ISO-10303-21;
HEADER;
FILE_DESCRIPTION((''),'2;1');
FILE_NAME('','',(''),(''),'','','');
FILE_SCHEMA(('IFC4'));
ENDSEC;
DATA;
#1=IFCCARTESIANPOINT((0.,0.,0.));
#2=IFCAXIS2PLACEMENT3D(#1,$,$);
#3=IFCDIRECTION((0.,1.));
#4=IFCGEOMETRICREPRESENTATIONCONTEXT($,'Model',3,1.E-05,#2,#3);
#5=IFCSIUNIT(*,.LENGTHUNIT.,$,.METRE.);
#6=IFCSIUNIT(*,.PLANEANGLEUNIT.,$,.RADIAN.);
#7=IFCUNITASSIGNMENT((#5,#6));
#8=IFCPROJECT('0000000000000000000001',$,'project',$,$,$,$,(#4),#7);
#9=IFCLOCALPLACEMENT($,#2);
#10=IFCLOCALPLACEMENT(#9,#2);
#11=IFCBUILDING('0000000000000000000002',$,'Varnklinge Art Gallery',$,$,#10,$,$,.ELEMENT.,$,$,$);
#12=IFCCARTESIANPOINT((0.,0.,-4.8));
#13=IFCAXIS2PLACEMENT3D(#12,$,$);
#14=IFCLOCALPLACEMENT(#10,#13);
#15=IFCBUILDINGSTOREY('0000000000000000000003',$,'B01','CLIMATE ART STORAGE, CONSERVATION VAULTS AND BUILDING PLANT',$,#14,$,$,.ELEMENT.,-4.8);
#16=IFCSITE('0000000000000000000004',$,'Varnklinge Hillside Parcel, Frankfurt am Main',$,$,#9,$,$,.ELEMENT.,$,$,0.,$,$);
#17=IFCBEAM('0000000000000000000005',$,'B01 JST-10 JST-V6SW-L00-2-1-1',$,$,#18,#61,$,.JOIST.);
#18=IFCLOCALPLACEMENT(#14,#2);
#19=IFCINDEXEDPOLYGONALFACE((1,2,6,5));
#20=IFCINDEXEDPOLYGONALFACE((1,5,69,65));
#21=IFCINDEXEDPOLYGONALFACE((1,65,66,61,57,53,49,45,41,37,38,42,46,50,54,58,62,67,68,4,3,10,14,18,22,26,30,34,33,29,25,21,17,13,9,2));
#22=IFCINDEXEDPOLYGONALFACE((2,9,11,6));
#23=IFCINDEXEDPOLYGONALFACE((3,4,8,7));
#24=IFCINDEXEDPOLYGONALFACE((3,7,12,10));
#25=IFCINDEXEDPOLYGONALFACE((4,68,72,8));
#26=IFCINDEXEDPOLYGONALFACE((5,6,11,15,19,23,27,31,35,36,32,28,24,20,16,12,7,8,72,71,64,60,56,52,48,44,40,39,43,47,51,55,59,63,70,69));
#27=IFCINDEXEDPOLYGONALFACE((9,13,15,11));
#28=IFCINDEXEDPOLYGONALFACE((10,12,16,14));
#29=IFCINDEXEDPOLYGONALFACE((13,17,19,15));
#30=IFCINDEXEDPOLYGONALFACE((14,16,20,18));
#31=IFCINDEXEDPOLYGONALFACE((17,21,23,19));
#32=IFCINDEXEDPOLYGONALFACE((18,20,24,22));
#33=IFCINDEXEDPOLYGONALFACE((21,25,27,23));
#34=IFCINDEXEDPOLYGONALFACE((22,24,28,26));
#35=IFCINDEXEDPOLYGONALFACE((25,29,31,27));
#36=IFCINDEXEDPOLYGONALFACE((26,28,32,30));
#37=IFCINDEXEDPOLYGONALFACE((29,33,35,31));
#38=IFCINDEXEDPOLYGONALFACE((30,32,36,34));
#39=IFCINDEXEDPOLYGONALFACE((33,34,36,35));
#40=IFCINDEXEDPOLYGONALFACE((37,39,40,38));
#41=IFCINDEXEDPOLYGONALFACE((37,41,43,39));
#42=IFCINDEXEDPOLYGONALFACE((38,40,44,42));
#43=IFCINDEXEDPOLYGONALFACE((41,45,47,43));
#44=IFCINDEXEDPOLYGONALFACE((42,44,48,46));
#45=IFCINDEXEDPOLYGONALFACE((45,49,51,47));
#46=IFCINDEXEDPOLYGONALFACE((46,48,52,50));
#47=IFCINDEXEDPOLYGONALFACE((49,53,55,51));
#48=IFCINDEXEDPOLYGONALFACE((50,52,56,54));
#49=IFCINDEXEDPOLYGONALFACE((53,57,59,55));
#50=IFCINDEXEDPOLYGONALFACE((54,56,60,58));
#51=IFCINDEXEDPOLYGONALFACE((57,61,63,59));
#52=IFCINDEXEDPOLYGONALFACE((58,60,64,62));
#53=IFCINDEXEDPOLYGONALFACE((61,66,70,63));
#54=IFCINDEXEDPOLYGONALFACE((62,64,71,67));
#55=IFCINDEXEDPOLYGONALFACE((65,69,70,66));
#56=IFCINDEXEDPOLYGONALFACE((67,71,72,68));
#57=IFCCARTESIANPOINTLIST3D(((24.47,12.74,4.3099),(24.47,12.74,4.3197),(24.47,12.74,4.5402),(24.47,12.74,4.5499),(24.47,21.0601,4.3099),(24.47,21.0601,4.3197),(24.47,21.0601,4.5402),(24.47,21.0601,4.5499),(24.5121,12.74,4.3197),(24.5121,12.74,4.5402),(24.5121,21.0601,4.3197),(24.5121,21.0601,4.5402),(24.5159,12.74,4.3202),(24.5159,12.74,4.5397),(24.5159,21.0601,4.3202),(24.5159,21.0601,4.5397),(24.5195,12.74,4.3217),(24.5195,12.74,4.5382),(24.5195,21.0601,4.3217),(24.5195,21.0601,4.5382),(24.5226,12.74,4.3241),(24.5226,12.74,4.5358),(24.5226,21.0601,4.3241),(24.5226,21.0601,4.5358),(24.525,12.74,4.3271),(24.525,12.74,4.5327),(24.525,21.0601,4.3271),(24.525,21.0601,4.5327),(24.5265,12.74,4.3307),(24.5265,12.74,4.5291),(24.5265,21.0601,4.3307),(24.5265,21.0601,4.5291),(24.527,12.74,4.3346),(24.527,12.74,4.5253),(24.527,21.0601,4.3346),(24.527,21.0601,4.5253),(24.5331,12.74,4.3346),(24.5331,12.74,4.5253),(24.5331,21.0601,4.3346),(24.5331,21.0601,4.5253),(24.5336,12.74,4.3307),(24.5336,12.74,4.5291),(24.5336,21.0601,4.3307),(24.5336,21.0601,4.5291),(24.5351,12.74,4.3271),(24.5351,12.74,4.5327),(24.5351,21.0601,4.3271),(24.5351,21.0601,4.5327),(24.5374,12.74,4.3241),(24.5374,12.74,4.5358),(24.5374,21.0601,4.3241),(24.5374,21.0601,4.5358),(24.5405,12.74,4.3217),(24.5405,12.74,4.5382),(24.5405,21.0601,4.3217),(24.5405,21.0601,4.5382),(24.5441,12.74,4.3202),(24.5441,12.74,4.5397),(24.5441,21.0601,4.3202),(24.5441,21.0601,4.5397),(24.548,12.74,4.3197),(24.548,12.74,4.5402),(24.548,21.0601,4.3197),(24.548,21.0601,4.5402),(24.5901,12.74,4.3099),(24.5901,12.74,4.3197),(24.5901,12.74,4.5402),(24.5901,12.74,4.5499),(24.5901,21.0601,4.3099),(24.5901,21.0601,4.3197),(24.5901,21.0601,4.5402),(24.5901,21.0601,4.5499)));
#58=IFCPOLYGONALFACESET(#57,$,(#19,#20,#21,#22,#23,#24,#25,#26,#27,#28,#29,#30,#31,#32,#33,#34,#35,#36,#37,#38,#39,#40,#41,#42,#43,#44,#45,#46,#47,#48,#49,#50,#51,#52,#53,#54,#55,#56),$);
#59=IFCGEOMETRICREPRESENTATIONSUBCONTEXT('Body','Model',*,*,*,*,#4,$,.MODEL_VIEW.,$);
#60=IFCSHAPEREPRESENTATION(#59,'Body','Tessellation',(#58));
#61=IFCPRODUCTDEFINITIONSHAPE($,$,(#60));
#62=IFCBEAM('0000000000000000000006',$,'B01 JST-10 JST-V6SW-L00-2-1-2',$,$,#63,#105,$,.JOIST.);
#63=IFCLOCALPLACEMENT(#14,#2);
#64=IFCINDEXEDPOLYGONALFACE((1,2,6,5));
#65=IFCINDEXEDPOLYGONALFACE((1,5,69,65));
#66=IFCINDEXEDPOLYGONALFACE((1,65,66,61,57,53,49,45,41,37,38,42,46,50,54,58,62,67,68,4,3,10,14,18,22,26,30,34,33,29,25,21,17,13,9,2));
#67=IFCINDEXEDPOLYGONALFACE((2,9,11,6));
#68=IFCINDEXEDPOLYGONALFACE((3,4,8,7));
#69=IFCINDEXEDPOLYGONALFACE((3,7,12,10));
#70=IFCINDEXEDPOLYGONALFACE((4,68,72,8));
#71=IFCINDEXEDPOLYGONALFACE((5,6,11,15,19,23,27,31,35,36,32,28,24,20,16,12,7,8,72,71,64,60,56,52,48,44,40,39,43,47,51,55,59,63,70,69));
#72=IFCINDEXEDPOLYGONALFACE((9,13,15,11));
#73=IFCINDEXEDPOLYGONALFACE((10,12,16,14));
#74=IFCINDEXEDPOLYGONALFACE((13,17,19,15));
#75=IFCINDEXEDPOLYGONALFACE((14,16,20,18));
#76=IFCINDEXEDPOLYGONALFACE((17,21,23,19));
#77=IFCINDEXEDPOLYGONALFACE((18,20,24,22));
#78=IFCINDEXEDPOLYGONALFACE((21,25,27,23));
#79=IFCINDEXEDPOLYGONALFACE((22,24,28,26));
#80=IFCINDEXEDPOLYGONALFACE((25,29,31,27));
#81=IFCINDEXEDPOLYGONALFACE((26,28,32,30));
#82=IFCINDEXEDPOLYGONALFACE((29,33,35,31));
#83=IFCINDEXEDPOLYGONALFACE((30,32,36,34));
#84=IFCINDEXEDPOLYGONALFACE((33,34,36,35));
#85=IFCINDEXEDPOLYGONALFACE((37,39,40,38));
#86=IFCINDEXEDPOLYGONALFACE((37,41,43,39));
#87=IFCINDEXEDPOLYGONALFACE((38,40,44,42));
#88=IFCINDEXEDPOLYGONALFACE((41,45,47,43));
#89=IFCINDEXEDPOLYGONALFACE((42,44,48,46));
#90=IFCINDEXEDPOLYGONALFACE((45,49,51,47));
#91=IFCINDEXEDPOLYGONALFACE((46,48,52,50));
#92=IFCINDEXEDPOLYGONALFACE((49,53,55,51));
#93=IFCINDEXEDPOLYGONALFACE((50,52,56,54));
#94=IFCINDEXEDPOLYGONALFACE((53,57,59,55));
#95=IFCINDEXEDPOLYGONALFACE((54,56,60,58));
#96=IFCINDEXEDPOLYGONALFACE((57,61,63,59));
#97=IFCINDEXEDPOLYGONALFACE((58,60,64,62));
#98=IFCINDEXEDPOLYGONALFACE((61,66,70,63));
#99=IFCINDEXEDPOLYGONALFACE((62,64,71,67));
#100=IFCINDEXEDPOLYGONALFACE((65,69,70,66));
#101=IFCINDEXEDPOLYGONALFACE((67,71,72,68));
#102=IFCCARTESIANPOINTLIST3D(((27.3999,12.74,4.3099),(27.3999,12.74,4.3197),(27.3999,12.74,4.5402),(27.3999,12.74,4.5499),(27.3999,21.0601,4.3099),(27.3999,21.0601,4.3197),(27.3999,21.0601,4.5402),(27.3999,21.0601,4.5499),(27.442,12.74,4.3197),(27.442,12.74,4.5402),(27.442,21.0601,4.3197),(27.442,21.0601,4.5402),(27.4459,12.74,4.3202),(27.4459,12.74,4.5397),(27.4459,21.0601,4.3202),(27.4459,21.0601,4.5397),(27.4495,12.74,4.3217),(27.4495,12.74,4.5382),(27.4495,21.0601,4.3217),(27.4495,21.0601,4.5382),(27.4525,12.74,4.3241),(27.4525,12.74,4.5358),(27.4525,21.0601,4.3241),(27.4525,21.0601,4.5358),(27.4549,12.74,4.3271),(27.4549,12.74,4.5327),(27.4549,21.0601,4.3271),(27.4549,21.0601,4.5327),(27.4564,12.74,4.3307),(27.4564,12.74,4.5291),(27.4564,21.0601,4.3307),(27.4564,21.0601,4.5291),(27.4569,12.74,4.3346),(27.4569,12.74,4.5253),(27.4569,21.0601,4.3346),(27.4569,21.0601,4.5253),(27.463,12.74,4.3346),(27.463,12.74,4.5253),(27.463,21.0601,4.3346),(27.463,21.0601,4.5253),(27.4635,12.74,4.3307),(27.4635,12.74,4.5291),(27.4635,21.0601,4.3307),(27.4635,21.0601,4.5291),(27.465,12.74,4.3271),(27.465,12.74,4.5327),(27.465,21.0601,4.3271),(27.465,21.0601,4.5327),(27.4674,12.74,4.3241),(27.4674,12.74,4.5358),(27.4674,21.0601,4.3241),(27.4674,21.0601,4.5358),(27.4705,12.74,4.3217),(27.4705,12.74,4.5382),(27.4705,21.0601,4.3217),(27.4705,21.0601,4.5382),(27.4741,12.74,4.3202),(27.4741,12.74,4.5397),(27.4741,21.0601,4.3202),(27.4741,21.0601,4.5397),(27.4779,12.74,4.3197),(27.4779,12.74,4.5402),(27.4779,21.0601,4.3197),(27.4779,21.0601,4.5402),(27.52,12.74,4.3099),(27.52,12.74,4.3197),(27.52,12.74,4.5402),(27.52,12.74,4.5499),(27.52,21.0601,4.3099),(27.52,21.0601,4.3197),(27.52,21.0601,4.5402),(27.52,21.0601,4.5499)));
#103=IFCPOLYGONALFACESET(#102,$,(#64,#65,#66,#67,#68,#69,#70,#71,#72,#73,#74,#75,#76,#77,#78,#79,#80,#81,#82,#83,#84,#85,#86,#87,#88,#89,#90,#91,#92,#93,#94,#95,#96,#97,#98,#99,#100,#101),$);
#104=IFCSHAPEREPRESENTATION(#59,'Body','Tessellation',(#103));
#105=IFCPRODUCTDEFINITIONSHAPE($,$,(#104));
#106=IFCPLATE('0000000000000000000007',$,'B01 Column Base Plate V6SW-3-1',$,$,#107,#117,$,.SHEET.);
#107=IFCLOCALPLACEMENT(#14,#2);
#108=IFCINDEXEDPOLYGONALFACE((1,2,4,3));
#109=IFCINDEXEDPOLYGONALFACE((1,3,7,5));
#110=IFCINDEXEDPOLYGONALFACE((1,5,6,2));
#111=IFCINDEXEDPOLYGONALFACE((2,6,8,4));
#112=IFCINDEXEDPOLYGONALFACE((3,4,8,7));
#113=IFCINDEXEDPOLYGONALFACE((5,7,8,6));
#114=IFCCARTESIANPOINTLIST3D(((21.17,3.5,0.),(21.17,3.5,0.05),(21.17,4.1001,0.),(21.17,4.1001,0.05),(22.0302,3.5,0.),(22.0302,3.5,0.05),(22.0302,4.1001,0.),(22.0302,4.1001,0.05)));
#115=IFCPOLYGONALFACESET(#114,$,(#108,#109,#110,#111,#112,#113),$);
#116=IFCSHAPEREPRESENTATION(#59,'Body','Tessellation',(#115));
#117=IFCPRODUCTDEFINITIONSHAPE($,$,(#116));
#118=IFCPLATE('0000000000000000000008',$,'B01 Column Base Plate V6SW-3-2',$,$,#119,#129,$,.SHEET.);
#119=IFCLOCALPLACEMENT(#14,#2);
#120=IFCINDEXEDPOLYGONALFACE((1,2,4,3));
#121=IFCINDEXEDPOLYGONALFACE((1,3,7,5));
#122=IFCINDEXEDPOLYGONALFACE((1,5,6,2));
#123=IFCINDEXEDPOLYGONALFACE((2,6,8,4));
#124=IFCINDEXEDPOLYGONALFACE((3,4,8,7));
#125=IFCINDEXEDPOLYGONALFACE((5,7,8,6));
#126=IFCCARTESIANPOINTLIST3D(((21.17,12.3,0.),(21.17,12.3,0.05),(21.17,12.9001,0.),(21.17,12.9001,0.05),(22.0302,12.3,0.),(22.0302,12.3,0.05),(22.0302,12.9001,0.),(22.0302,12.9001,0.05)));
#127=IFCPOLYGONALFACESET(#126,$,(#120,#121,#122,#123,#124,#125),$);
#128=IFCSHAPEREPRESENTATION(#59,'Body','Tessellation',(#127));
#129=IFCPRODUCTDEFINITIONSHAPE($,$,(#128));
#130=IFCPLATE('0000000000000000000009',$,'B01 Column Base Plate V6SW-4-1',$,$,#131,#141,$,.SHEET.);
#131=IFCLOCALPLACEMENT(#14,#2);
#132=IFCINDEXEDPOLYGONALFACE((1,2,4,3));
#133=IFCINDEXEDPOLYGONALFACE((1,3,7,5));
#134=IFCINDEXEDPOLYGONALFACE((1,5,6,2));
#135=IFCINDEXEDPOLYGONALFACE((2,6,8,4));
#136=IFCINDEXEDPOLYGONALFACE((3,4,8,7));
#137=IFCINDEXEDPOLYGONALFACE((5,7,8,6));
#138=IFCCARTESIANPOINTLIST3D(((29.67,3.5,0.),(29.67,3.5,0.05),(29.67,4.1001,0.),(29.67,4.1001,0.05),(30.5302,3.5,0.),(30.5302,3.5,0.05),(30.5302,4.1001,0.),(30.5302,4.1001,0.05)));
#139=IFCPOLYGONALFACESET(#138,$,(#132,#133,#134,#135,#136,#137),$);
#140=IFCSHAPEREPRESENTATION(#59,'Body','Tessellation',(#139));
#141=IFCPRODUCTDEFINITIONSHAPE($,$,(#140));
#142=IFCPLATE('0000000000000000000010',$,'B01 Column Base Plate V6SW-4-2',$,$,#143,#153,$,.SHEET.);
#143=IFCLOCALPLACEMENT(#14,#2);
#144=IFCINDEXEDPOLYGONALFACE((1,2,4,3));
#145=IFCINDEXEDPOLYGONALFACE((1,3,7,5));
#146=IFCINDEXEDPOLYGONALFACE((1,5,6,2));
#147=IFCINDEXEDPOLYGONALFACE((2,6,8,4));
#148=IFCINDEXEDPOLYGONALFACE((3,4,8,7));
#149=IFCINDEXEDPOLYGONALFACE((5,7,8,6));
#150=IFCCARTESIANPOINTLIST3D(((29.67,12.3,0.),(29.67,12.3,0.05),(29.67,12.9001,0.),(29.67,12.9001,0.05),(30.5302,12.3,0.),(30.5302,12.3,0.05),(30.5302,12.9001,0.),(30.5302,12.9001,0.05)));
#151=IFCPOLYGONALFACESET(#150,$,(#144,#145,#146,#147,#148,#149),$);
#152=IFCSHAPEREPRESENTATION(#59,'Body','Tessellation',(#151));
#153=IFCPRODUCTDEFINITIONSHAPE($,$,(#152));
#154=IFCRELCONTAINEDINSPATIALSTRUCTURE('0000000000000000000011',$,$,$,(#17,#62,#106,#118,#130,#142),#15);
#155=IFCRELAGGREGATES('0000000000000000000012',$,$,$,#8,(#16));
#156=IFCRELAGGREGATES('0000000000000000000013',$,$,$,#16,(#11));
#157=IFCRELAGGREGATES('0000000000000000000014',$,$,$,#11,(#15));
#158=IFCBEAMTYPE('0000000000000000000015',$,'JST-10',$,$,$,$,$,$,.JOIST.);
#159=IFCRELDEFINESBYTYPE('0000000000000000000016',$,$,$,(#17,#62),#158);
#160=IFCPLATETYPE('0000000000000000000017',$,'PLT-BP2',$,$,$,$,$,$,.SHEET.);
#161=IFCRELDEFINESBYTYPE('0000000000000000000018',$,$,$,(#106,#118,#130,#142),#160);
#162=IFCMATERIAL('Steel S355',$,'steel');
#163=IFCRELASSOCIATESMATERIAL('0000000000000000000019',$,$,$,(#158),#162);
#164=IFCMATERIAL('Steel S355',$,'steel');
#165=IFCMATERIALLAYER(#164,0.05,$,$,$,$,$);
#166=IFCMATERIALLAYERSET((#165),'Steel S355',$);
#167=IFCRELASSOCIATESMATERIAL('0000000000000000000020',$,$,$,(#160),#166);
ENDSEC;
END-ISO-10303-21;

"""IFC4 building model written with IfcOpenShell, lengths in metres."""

from ifc_helpers import new_model, si_unit, direction, frame, origin, origin_2d, place, context, subcontext, project, spatial, rectangle, i_section, extrude, material, layer, layer_set, material_profile, profile_set, type_object, element, save


model = new_model("IFC4")

# Units and contexts
model_context = context("Model", 3, precision=1e-05, world=origin(), true_north=direction((0.0, 1.0)))
body_context = subcontext(model_context, "Body", "Model", "MODEL_VIEW")
ifc_project = project(units=[si_unit("LENGTHUNIT", "METRE"), si_unit("PLANEANGLEUNIT", "RADIAN")], contexts=[model_context])

# Site, building, storey
site_placement = place(None, origin())
site = spatial("IfcSite", under=ifc_project, at=site_placement, Name="Varnklinge Hillside Parcel, Frankfurt am Main", CompositionType="ELEMENT", RefElevation=0.0)
building_placement = place(site_placement, origin())
building = spatial("IfcBuilding", under=site, at=building_placement, Name="Varnklinge Art Gallery", CompositionType="ELEMENT")
storey_placement = place(building_placement, frame((0.0, 0.0, -4.8)))
storey = spatial("IfcBuildingStorey", under=building, at=storey_placement, Name="B01", Description="CLIMATE ART STORAGE, CONSERVATION VAULTS AND BUILDING PLANT", CompositionType="ELEMENT", Elevation=-4.8)

# Beams
ifc_material_1 = material(Name="Steel S355", Category="steel")
ifc_material_profile_1 = material_profile(ifc_material_1, i_section(OverallWidth=0.1201, OverallDepth=0.24, WebThickness=0.0061, FlangeThickness=0.0098, FilletRadius=0.0149, at=origin_2d()), Name="IPE 240")
ifc_profile_set_1 = profile_set([ifc_material_profile_1], Name="Steel S355")
beam_type_1 = type_object("IfcBeamType", Name="JST-10", PredefinedType="JOIST", material=ifc_profile_set_1)
for number, where, z_axis, x_axis, name in (
    (1, (24.53, 12.74, 4.4299), (0.0, 1.0, 0.0), (-1.0, 0.0, 0.0), "B01 JST-10 JST-V6SW-L00-2-1-1"),
    (2, (27.46, 12.74, 4.4299), (0.0, 1.0, 0.0), (-1.0, 0.0, 0.0), "B01 JST-10 JST-V6SW-L00-2-1-2"),
):
    element("IfcBeam", number, at=place(storey_placement, frame(where, z_axis=z_axis, x_axis=x_axis)), inside=storey, type_object=beam_type_1, Name=name, PredefinedType="JOIST", context=body_context, shape_type="SweptSolid", body=[
        extrude(i_section(OverallWidth=0.1201, OverallDepth=0.24, WebThickness=0.0061, FlangeThickness=0.0098, FilletRadius=0.0149, at=origin_2d()), origin(), (0.0, 0.0, 1.0), 8.3201),
    ])

# Plates
ifc_material_2 = material(Name="Steel S355", Category="steel")
ifc_layer = layer(ifc_material_2, 0.05)
ifc_layer_set = layer_set([ifc_layer], Name="Steel S355")
plate_type = type_object("IfcPlateType", Name="PLT-BP2", PredefinedType="SHEET", material=ifc_layer_set)
for number, where, z_axis, x_axis, name in (
    (3, (21.6001, 3.8, 0.0), (0.0, 0.0, 1.0), (1.0, 0.0, 0.0), "B01 Column Base Plate V6SW-3-1"),
    (4, (21.6001, 12.6001, 0.0), (0.0, 0.0, 1.0), (1.0, 0.0, 0.0), "B01 Column Base Plate V6SW-3-2"),
    (5, (30.1001, 3.8, 0.0), (0.0, 0.0, 1.0), (1.0, 0.0, 0.0), "B01 Column Base Plate V6SW-4-1"),
    (6, (30.1001, 12.6001, 0.0), (0.0, 0.0, 1.0), (1.0, 0.0, 0.0), "B01 Column Base Plate V6SW-4-2"),
):
    element("IfcPlate", number, at=place(storey_placement, frame(where, z_axis=z_axis, x_axis=x_axis)), inside=storey, type_object=plate_type, Name=name, PredefinedType="SHEET", context=body_context, shape_type="SweptSolid", body=[
        extrude(rectangle(XDim=0.8601, YDim=0.6001, at=origin_2d()), origin(), (0.0, 0.0, 1.0), 0.05),
    ])

save(model, "model.ifc")
